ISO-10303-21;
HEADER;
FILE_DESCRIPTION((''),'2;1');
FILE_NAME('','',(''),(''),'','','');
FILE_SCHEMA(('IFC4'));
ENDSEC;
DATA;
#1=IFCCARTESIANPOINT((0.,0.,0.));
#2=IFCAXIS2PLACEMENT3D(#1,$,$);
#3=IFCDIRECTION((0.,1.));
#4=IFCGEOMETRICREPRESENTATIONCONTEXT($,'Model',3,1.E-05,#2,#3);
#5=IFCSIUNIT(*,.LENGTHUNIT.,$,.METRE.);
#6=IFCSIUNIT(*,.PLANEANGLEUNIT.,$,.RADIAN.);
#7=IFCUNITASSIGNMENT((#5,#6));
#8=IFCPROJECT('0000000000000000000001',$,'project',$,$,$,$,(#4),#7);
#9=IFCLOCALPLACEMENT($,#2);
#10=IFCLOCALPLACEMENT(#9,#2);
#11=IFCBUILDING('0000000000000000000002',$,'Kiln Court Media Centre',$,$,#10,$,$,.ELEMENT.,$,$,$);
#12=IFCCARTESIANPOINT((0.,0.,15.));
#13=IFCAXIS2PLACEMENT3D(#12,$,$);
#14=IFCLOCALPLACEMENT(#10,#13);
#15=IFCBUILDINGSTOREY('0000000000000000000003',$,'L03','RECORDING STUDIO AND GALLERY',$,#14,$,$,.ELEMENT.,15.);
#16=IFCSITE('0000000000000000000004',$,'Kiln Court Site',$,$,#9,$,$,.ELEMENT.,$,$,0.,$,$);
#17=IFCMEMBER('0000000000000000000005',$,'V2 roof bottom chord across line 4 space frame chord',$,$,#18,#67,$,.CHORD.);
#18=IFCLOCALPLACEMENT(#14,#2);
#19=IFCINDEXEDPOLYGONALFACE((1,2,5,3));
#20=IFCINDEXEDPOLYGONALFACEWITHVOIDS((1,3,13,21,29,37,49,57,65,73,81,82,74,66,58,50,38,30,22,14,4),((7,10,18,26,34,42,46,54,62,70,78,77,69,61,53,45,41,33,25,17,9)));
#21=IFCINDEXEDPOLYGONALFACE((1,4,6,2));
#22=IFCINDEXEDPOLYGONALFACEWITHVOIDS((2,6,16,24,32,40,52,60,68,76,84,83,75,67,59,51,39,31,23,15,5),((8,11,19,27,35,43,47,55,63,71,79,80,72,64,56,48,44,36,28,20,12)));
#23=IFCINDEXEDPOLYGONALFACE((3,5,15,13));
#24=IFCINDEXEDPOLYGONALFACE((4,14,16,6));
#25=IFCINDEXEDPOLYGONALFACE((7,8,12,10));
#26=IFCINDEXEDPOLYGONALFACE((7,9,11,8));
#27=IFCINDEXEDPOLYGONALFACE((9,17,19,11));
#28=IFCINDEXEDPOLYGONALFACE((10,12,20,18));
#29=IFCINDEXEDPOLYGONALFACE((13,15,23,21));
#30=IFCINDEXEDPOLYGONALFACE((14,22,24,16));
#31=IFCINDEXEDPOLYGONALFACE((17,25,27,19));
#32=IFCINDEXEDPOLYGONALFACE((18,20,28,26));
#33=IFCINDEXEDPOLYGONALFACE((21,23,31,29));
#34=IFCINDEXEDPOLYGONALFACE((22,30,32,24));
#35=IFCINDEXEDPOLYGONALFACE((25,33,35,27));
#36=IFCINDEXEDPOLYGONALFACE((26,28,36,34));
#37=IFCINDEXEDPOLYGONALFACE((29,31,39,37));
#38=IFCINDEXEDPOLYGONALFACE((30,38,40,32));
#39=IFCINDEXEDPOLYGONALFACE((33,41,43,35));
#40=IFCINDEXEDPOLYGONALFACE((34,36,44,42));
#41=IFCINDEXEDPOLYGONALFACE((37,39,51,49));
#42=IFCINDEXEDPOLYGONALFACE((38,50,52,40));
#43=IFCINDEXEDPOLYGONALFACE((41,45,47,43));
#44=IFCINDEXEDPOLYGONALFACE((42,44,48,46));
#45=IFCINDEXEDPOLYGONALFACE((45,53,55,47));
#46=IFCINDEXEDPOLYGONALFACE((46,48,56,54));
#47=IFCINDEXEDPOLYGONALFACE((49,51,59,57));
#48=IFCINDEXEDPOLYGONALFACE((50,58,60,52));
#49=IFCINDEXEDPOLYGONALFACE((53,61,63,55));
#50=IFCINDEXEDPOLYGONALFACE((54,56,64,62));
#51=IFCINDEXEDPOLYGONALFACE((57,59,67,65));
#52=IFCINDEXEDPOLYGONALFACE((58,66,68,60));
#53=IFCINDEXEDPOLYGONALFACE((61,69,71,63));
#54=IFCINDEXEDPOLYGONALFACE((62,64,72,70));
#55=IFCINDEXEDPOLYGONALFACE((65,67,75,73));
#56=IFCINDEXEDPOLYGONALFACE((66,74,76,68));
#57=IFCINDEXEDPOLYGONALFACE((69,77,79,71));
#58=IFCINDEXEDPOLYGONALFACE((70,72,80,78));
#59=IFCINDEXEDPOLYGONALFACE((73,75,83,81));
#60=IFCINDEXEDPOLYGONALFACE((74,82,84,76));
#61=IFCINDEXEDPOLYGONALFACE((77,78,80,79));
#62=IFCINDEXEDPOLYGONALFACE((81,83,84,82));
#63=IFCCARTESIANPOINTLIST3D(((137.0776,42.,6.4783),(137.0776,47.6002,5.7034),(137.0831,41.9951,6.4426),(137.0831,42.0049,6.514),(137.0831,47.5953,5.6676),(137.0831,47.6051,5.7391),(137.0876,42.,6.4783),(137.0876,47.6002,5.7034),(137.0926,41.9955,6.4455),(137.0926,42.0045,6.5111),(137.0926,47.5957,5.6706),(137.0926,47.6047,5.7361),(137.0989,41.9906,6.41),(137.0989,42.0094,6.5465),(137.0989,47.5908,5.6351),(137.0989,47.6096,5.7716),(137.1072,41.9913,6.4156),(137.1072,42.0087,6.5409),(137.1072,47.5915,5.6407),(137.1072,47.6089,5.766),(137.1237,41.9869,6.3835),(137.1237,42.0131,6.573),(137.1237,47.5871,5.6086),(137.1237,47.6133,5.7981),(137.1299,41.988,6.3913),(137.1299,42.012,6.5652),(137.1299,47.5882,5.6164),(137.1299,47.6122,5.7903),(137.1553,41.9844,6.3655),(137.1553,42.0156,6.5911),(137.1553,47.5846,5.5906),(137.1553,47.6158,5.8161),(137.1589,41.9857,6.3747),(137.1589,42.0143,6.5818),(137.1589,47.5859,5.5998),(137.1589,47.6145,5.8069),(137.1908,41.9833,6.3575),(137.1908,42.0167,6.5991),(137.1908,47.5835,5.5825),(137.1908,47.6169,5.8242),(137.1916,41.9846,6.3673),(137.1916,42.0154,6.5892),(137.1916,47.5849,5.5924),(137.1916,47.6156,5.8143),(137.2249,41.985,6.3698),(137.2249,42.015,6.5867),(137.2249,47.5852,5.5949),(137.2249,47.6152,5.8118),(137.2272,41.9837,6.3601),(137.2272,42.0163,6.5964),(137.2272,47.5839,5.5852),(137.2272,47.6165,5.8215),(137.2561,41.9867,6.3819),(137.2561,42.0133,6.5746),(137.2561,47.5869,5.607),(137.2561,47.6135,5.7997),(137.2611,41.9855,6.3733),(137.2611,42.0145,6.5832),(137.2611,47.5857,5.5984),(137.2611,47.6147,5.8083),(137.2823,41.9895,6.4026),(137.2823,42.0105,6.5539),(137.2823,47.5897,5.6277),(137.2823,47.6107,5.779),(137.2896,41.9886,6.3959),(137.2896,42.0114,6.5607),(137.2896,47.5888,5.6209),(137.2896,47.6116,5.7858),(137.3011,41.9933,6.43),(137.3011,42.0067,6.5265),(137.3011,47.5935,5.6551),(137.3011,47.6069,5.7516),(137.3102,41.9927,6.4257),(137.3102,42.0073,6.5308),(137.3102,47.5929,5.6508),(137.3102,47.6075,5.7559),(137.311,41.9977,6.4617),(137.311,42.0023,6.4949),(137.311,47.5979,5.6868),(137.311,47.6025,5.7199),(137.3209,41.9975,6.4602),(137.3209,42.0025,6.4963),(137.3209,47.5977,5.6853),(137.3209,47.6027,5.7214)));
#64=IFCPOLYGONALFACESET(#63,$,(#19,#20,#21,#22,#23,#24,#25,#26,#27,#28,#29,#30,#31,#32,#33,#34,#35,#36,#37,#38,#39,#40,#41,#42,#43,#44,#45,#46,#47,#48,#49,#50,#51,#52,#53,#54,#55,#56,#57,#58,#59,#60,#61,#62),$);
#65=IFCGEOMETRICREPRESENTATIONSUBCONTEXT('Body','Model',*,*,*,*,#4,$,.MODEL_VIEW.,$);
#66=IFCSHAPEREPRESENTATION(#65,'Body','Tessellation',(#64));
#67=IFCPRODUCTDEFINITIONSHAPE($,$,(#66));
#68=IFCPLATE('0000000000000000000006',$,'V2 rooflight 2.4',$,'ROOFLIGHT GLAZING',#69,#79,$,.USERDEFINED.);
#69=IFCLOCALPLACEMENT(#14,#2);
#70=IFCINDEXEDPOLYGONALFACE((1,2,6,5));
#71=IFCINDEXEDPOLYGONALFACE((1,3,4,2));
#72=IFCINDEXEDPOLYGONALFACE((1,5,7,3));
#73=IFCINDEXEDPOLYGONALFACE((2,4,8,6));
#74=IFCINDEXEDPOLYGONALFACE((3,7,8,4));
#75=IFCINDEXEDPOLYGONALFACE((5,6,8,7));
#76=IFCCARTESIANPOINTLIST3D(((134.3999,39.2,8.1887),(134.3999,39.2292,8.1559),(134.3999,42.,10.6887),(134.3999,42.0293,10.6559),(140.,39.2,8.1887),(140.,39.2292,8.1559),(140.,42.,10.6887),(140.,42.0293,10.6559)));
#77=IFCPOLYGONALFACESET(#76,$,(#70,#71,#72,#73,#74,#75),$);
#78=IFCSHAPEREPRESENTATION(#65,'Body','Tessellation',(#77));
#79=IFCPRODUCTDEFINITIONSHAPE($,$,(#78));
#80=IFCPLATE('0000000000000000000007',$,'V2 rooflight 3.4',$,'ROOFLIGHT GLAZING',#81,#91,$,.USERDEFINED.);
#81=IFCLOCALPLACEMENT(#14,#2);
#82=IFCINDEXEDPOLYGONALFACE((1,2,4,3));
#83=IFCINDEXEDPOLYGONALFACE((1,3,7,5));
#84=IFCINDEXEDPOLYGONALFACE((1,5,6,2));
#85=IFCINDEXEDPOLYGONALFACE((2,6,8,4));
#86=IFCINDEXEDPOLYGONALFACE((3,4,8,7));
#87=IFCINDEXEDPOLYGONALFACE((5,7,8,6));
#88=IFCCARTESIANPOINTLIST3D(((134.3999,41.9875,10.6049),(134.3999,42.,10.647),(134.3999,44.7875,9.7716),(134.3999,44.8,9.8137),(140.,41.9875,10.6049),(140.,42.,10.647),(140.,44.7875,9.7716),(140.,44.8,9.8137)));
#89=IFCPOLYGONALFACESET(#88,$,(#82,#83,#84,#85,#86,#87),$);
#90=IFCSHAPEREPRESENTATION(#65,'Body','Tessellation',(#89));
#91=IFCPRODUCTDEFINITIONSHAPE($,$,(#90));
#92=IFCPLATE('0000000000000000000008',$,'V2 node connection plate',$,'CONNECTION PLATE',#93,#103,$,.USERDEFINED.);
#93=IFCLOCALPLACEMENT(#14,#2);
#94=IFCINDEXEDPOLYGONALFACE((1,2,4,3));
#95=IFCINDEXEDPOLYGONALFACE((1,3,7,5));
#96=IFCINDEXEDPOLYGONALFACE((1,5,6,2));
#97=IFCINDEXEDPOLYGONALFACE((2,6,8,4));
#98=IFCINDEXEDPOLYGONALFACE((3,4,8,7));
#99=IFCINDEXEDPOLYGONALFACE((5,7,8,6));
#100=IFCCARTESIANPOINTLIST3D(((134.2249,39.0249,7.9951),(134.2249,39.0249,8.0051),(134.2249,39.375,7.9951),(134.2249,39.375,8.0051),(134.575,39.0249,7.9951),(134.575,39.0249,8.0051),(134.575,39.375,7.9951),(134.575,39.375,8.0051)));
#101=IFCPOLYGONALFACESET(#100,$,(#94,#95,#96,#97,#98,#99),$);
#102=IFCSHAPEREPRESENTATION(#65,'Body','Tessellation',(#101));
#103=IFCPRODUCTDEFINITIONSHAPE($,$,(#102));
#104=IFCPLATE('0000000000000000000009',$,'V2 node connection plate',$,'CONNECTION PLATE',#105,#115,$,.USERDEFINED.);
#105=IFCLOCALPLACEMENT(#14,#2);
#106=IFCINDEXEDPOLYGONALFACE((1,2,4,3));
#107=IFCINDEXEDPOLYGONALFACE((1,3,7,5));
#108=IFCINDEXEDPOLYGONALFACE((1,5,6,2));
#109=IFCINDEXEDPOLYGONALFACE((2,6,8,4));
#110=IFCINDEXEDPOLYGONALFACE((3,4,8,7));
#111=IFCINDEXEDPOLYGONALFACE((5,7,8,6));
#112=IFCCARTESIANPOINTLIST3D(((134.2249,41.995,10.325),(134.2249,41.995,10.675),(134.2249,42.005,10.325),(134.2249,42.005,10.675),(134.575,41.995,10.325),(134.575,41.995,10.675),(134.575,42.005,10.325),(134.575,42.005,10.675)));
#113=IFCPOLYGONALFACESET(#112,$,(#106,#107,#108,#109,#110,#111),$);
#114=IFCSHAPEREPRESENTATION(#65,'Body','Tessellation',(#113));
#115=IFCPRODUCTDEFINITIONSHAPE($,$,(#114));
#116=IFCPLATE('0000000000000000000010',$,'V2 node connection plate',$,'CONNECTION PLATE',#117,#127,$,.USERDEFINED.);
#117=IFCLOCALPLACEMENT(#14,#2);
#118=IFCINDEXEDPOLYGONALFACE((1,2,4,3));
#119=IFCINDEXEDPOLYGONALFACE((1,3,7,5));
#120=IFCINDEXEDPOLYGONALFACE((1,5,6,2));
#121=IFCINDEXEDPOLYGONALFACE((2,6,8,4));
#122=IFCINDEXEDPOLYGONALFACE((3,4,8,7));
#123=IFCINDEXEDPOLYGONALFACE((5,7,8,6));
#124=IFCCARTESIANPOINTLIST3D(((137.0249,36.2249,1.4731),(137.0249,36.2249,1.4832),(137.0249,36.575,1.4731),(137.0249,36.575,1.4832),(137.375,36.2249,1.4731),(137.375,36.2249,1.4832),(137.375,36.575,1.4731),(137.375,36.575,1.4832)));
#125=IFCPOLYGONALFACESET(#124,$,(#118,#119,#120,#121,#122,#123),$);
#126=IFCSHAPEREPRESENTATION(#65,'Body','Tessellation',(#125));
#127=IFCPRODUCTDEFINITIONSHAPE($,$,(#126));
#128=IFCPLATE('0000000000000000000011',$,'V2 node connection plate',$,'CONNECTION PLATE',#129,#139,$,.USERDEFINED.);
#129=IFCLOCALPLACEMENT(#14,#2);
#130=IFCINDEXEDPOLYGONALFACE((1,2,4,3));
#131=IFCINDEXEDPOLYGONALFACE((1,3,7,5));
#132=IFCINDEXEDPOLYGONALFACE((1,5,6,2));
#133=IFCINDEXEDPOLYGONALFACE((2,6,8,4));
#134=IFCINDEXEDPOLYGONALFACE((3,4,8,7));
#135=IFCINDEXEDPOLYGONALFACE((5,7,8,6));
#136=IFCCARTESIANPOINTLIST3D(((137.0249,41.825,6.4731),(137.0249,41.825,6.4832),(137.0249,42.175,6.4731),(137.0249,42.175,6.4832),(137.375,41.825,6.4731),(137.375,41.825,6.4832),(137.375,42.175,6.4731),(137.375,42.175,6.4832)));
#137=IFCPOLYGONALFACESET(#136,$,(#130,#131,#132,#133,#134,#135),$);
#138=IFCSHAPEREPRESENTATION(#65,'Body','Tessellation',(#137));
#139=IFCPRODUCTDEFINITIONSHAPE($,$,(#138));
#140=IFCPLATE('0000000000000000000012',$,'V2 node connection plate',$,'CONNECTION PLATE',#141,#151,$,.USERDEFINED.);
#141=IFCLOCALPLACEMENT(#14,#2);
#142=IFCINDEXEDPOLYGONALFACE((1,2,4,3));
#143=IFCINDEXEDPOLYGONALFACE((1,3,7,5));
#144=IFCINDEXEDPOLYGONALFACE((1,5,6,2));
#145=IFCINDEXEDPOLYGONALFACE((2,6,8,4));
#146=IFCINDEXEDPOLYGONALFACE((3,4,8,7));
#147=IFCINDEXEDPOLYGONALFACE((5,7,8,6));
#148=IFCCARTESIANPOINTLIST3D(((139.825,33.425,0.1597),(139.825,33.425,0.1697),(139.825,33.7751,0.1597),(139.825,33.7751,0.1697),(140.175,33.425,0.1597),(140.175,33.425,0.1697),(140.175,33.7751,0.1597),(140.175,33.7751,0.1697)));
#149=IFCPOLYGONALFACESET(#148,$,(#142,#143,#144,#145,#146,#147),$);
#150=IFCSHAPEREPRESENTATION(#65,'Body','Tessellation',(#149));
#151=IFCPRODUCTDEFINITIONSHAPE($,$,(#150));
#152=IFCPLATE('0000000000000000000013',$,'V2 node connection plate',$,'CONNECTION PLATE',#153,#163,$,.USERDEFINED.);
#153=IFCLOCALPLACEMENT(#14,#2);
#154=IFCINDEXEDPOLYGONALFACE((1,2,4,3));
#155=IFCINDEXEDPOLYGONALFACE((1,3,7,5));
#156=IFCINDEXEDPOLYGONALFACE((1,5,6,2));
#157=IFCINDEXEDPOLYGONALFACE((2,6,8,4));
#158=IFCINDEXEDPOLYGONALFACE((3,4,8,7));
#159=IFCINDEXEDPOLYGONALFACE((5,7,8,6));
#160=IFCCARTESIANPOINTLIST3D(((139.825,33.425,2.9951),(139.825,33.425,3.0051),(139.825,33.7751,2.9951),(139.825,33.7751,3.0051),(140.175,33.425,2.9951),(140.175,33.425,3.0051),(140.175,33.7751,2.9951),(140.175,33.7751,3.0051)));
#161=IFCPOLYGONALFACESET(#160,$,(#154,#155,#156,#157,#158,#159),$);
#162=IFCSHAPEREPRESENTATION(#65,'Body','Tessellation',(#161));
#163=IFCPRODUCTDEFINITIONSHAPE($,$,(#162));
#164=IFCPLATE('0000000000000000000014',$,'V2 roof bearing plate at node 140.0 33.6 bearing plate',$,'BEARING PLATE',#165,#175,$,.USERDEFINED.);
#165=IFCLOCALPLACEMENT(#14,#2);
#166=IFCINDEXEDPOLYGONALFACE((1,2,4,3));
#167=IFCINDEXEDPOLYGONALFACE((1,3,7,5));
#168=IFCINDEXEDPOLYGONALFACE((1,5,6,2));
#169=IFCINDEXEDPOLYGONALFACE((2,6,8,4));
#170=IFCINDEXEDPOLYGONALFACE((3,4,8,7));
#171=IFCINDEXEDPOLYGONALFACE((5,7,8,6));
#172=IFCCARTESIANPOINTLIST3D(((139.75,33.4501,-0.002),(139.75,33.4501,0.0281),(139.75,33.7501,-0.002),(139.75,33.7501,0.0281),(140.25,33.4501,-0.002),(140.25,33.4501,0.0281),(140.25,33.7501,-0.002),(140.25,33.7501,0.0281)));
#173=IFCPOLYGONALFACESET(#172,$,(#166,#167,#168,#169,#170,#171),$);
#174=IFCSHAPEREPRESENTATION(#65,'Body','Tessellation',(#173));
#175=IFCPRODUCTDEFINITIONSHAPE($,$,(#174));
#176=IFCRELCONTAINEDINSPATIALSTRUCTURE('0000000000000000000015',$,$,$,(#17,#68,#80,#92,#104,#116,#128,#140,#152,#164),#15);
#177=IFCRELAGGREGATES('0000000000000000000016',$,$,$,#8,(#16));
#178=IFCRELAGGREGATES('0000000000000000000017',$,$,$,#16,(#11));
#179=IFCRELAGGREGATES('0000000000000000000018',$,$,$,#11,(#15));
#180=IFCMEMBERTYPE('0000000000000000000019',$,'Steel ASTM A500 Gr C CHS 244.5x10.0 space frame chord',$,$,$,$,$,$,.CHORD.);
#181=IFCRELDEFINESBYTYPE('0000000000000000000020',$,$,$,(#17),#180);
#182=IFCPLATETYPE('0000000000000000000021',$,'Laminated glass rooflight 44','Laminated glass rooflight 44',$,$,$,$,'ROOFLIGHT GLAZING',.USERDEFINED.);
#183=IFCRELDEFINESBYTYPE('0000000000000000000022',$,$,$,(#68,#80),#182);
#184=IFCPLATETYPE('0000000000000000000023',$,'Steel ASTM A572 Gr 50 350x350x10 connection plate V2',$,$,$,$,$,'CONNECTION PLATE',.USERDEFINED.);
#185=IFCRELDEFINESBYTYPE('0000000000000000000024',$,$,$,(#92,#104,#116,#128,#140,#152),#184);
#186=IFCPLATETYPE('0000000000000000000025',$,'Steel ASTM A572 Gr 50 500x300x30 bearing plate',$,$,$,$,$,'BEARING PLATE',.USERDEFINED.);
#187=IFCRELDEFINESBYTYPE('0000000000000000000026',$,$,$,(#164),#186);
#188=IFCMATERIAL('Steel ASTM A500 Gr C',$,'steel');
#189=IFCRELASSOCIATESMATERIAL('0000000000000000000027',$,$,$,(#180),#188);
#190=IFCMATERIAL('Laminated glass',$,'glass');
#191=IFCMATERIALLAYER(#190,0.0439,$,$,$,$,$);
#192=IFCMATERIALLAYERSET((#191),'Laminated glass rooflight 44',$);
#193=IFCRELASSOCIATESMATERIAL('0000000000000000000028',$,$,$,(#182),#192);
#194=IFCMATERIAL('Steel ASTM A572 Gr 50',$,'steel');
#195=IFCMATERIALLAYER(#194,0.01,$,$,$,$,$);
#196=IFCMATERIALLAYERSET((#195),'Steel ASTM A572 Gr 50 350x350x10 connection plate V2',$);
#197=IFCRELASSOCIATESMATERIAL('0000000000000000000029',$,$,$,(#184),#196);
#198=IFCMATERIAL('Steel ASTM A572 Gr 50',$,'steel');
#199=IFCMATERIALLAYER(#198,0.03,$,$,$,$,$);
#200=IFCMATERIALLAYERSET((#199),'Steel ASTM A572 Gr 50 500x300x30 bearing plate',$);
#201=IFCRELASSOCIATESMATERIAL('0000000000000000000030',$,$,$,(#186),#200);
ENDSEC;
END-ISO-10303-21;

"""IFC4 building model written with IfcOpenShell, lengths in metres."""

from ifc_helpers import new_model, si_unit, direction, frame, origin, origin_2d, place, context, subcontext, project, spatial, polyline, rectangle, hollow_circle, outline, extrude, material, layer, layer_set, material_profile, profile_set, type_object, element, save


model = new_model("IFC4")

# Units and contexts
model_context = context("Model", 3, precision=1e-05, world=origin(), true_north=direction((0.0, 1.0)))
body_context = subcontext(model_context, "Body", "Model", "MODEL_VIEW")
ifc_project = project(units=[si_unit("LENGTHUNIT", "METRE"), si_unit("PLANEANGLEUNIT", "RADIAN")], contexts=[model_context])

# Site, building, storey
site_placement = place(None, origin())
site = spatial("IfcSite", under=ifc_project, at=site_placement, Name="Kiln Court Site", CompositionType="ELEMENT", RefElevation=0.0)
building_placement = place(site_placement, origin())
building = spatial("IfcBuilding", under=site, at=building_placement, Name="Kiln Court Media Centre", CompositionType="ELEMENT")
storey_placement = place(building_placement, frame((0.0, 0.0, 15.0)))
storey = spatial("IfcBuildingStorey", under=building, at=storey_placement, Name="L03", Description="RECORDING STUDIO AND GALLERY", CompositionType="ELEMENT", Elevation=15.0)

# Member
ifc_material_1 = material(Name="Steel ASTM A500 Gr C", Category="steel")
ifc_material_profile_1 = material_profile(ifc_material_1, hollow_circle(Radius=0.1223, WallThickness=0.01, at=origin_2d()), Name="CHS 244.5x10.0")
ifc_profile_set_1 = profile_set([ifc_material_profile_1], Name="Steel ASTM A500 Gr C")
member_type_1 = type_object("IfcMemberType", Name="Steel ASTM A500 Gr C CHS 244.5x10.0 space frame chord", PredefinedType="CHORD", material=ifc_profile_set_1)
member_1_placement = place(storey_placement, frame((137.2, 42.0, 6.4783), z_axis=(0.0, 0.990562, -0.137067), x_axis=(-1.0, 0.0, 0.0)))
element("IfcMember", 1, at=member_1_placement, inside=storey, type_object=member_type_1, Name="V2 roof bottom chord across line 4 space frame chord", PredefinedType="CHORD", context=body_context, shape_type="SweptSolid", body=[
    extrude(hollow_circle(Radius=0.1223, WallThickness=0.01, at=origin_2d()), origin(), (0.0, 0.0, 1.0), 5.6536),
])

# Plates
ifc_material_2 = material(Name="Laminated glass", Category="glass")
ifc_layer_1 = layer(ifc_material_2, 0.0439)
ifc_layer_set_1 = layer_set([ifc_layer_1], Name="Laminated glass rooflight 44")
plate_type_1 = type_object("IfcPlateType", Name="Laminated glass rooflight 44", Description="Laminated glass rooflight 44", ElementType="ROOFLIGHT GLAZING", PredefinedType="USERDEFINED", material=ifc_layer_set_1)
plate_1_placement = place(storey_placement, frame((134.3999, 39.2, 8.1887), z_axis=(0.0, -0.666009, 0.745943), x_axis=(0.0, 0.745943, 0.666009)))
element("IfcPlate", 2, at=plate_1_placement, inside=storey, type_object=plate_type_1, Name="V2 rooflight 2.4", ObjectType="ROOFLIGHT GLAZING", PredefinedType="USERDEFINED", context=body_context, shape_type="SweptSolid", body=[
    extrude(outline(polyline([(0.0, 0.0), (3.7537, 0.0), (3.7537, -5.6001), (0.0, -5.6001), (0.0, 0.0)])), origin(), (0.0, 0.0, -1.0), 0.0439),
])
plate_2_placement = place(storey_placement, frame((134.3999, 42.0, 10.647), z_axis=(0.0, 0.285223, 0.958461), x_axis=(0.0, 0.958461, -0.285223)))
element("IfcPlate", 3, at=plate_2_placement, inside=storey, type_object=plate_type_1, Name="V2 rooflight 3.4", ObjectType="ROOFLIGHT GLAZING", PredefinedType="USERDEFINED", context=body_context, shape_type="SweptSolid", body=[
    extrude(outline(polyline([(0.0, 0.0), (2.9214, 0.0), (2.9214, -5.6001), (0.0, -5.6001), (0.0, 0.0)])), origin(), (0.0, 0.0, -1.0), 0.0439),
])
ifc_material_3 = material(Name="Steel ASTM A572 Gr 50", Category="steel")
ifc_layer_2 = layer(ifc_material_3, 0.01)
ifc_layer_set_2 = layer_set([ifc_layer_2], Name="Steel ASTM A572 Gr 50 350x350x10 connection plate V2")
plate_type_2 = type_object("IfcPlateType", Name="Steel ASTM A572 Gr 50 350x350x10 connection plate V2", ElementType="CONNECTION PLATE", PredefinedType="USERDEFINED", material=ifc_layer_set_2)
plate_3_placement = place(storey_placement, frame((134.3999, 39.2, 7.9951), z_axis=(0.0, 0.0, 1.0), x_axis=(1.0, 0.0, 0.0)))
element("IfcPlate", 4, at=plate_3_placement, inside=storey, type_object=plate_type_2, Name="V2 node connection plate", ObjectType="CONNECTION PLATE", PredefinedType="USERDEFINED", context=body_context, shape_type="SweptSolid", body=[
    extrude(rectangle(XDim=0.3501, YDim=0.3501, at=origin_2d()), origin(), (0.0, 0.0, 1.0), 0.01),
])
plate_4_placement = place(storey_placement, frame((134.3999, 42.0, 10.325), z_axis=(0.0, 0.0, 1.0), x_axis=(1.0, 0.0, 0.0)))
element("IfcPlate", 5, at=plate_4_placement, inside=storey, type_object=plate_type_2, Name="V2 node connection plate", ObjectType="CONNECTION PLATE", PredefinedType="USERDEFINED", context=body_context, shape_type="SweptSolid", body=[
    extrude(rectangle(XDim=0.3501, YDim=0.01, at=origin_2d()), origin(), (0.0, 0.0, 1.0), 0.3501),
])
for number, where, z_axis, x_axis, name in (
    (6, (137.2, 36.3999, 1.4731), (0.0, 0.0, 1.0), (1.0, 0.0, 0.0), "V2 node connection plate"),
    (7, (137.2, 42.0, 6.4731), (0.0, 0.0, 1.0), (1.0, 0.0, 0.0), "V2 node connection plate"),
    (8, (140.0, 33.6001, 0.1597), (0.0, 0.0, 1.0), (1.0, 0.0, 0.0), "V2 node connection plate"),
    (9, (140.0, 33.6001, 2.9951), (0.0, 0.0, 1.0), (1.0, 0.0, 0.0), "V2 node connection plate"),
):
    element("IfcPlate", number, at=place(storey_placement, frame(where, z_axis=z_axis, x_axis=x_axis)), inside=storey, type_object=plate_type_2, Name=name, ObjectType="CONNECTION PLATE", PredefinedType="USERDEFINED", context=body_context, shape_type="SweptSolid", body=[
        extrude(rectangle(XDim=0.3501, YDim=0.3501, at=origin_2d()), origin(), (0.0, 0.0, 1.0), 0.01),
    ])
ifc_material_4 = material(Name="Steel ASTM A572 Gr 50", Category="steel")
ifc_layer_3 = layer(ifc_material_4, 0.03)
ifc_layer_set_3 = layer_set([ifc_layer_3], Name="Steel ASTM A572 Gr 50 500x300x30 bearing plate")
plate_type_3 = type_object("IfcPlateType", Name="Steel ASTM A572 Gr 50 500x300x30 bearing plate", ElementType="BEARING PLATE", PredefinedType="USERDEFINED", material=ifc_layer_set_3)
plate_5_placement = place(storey_placement, frame((140.0, 33.6001, -0.002), z_axis=(0.0, 0.0, 1.0), x_axis=(1.0, 0.0, 0.0)))
element("IfcPlate", 10, at=plate_5_placement, inside=storey, type_object=plate_type_3, Name="V2 roof bearing plate at node 140.0 33.6 bearing plate", ObjectType="BEARING PLATE", PredefinedType="USERDEFINED", context=body_context, shape_type="SweptSolid", body=[
    extrude(rectangle(XDim=0.5, YDim=0.3, at=origin_2d()), origin(), (0.0, 0.0, 1.0), 0.03),
])

save(model, "model.ifc")
